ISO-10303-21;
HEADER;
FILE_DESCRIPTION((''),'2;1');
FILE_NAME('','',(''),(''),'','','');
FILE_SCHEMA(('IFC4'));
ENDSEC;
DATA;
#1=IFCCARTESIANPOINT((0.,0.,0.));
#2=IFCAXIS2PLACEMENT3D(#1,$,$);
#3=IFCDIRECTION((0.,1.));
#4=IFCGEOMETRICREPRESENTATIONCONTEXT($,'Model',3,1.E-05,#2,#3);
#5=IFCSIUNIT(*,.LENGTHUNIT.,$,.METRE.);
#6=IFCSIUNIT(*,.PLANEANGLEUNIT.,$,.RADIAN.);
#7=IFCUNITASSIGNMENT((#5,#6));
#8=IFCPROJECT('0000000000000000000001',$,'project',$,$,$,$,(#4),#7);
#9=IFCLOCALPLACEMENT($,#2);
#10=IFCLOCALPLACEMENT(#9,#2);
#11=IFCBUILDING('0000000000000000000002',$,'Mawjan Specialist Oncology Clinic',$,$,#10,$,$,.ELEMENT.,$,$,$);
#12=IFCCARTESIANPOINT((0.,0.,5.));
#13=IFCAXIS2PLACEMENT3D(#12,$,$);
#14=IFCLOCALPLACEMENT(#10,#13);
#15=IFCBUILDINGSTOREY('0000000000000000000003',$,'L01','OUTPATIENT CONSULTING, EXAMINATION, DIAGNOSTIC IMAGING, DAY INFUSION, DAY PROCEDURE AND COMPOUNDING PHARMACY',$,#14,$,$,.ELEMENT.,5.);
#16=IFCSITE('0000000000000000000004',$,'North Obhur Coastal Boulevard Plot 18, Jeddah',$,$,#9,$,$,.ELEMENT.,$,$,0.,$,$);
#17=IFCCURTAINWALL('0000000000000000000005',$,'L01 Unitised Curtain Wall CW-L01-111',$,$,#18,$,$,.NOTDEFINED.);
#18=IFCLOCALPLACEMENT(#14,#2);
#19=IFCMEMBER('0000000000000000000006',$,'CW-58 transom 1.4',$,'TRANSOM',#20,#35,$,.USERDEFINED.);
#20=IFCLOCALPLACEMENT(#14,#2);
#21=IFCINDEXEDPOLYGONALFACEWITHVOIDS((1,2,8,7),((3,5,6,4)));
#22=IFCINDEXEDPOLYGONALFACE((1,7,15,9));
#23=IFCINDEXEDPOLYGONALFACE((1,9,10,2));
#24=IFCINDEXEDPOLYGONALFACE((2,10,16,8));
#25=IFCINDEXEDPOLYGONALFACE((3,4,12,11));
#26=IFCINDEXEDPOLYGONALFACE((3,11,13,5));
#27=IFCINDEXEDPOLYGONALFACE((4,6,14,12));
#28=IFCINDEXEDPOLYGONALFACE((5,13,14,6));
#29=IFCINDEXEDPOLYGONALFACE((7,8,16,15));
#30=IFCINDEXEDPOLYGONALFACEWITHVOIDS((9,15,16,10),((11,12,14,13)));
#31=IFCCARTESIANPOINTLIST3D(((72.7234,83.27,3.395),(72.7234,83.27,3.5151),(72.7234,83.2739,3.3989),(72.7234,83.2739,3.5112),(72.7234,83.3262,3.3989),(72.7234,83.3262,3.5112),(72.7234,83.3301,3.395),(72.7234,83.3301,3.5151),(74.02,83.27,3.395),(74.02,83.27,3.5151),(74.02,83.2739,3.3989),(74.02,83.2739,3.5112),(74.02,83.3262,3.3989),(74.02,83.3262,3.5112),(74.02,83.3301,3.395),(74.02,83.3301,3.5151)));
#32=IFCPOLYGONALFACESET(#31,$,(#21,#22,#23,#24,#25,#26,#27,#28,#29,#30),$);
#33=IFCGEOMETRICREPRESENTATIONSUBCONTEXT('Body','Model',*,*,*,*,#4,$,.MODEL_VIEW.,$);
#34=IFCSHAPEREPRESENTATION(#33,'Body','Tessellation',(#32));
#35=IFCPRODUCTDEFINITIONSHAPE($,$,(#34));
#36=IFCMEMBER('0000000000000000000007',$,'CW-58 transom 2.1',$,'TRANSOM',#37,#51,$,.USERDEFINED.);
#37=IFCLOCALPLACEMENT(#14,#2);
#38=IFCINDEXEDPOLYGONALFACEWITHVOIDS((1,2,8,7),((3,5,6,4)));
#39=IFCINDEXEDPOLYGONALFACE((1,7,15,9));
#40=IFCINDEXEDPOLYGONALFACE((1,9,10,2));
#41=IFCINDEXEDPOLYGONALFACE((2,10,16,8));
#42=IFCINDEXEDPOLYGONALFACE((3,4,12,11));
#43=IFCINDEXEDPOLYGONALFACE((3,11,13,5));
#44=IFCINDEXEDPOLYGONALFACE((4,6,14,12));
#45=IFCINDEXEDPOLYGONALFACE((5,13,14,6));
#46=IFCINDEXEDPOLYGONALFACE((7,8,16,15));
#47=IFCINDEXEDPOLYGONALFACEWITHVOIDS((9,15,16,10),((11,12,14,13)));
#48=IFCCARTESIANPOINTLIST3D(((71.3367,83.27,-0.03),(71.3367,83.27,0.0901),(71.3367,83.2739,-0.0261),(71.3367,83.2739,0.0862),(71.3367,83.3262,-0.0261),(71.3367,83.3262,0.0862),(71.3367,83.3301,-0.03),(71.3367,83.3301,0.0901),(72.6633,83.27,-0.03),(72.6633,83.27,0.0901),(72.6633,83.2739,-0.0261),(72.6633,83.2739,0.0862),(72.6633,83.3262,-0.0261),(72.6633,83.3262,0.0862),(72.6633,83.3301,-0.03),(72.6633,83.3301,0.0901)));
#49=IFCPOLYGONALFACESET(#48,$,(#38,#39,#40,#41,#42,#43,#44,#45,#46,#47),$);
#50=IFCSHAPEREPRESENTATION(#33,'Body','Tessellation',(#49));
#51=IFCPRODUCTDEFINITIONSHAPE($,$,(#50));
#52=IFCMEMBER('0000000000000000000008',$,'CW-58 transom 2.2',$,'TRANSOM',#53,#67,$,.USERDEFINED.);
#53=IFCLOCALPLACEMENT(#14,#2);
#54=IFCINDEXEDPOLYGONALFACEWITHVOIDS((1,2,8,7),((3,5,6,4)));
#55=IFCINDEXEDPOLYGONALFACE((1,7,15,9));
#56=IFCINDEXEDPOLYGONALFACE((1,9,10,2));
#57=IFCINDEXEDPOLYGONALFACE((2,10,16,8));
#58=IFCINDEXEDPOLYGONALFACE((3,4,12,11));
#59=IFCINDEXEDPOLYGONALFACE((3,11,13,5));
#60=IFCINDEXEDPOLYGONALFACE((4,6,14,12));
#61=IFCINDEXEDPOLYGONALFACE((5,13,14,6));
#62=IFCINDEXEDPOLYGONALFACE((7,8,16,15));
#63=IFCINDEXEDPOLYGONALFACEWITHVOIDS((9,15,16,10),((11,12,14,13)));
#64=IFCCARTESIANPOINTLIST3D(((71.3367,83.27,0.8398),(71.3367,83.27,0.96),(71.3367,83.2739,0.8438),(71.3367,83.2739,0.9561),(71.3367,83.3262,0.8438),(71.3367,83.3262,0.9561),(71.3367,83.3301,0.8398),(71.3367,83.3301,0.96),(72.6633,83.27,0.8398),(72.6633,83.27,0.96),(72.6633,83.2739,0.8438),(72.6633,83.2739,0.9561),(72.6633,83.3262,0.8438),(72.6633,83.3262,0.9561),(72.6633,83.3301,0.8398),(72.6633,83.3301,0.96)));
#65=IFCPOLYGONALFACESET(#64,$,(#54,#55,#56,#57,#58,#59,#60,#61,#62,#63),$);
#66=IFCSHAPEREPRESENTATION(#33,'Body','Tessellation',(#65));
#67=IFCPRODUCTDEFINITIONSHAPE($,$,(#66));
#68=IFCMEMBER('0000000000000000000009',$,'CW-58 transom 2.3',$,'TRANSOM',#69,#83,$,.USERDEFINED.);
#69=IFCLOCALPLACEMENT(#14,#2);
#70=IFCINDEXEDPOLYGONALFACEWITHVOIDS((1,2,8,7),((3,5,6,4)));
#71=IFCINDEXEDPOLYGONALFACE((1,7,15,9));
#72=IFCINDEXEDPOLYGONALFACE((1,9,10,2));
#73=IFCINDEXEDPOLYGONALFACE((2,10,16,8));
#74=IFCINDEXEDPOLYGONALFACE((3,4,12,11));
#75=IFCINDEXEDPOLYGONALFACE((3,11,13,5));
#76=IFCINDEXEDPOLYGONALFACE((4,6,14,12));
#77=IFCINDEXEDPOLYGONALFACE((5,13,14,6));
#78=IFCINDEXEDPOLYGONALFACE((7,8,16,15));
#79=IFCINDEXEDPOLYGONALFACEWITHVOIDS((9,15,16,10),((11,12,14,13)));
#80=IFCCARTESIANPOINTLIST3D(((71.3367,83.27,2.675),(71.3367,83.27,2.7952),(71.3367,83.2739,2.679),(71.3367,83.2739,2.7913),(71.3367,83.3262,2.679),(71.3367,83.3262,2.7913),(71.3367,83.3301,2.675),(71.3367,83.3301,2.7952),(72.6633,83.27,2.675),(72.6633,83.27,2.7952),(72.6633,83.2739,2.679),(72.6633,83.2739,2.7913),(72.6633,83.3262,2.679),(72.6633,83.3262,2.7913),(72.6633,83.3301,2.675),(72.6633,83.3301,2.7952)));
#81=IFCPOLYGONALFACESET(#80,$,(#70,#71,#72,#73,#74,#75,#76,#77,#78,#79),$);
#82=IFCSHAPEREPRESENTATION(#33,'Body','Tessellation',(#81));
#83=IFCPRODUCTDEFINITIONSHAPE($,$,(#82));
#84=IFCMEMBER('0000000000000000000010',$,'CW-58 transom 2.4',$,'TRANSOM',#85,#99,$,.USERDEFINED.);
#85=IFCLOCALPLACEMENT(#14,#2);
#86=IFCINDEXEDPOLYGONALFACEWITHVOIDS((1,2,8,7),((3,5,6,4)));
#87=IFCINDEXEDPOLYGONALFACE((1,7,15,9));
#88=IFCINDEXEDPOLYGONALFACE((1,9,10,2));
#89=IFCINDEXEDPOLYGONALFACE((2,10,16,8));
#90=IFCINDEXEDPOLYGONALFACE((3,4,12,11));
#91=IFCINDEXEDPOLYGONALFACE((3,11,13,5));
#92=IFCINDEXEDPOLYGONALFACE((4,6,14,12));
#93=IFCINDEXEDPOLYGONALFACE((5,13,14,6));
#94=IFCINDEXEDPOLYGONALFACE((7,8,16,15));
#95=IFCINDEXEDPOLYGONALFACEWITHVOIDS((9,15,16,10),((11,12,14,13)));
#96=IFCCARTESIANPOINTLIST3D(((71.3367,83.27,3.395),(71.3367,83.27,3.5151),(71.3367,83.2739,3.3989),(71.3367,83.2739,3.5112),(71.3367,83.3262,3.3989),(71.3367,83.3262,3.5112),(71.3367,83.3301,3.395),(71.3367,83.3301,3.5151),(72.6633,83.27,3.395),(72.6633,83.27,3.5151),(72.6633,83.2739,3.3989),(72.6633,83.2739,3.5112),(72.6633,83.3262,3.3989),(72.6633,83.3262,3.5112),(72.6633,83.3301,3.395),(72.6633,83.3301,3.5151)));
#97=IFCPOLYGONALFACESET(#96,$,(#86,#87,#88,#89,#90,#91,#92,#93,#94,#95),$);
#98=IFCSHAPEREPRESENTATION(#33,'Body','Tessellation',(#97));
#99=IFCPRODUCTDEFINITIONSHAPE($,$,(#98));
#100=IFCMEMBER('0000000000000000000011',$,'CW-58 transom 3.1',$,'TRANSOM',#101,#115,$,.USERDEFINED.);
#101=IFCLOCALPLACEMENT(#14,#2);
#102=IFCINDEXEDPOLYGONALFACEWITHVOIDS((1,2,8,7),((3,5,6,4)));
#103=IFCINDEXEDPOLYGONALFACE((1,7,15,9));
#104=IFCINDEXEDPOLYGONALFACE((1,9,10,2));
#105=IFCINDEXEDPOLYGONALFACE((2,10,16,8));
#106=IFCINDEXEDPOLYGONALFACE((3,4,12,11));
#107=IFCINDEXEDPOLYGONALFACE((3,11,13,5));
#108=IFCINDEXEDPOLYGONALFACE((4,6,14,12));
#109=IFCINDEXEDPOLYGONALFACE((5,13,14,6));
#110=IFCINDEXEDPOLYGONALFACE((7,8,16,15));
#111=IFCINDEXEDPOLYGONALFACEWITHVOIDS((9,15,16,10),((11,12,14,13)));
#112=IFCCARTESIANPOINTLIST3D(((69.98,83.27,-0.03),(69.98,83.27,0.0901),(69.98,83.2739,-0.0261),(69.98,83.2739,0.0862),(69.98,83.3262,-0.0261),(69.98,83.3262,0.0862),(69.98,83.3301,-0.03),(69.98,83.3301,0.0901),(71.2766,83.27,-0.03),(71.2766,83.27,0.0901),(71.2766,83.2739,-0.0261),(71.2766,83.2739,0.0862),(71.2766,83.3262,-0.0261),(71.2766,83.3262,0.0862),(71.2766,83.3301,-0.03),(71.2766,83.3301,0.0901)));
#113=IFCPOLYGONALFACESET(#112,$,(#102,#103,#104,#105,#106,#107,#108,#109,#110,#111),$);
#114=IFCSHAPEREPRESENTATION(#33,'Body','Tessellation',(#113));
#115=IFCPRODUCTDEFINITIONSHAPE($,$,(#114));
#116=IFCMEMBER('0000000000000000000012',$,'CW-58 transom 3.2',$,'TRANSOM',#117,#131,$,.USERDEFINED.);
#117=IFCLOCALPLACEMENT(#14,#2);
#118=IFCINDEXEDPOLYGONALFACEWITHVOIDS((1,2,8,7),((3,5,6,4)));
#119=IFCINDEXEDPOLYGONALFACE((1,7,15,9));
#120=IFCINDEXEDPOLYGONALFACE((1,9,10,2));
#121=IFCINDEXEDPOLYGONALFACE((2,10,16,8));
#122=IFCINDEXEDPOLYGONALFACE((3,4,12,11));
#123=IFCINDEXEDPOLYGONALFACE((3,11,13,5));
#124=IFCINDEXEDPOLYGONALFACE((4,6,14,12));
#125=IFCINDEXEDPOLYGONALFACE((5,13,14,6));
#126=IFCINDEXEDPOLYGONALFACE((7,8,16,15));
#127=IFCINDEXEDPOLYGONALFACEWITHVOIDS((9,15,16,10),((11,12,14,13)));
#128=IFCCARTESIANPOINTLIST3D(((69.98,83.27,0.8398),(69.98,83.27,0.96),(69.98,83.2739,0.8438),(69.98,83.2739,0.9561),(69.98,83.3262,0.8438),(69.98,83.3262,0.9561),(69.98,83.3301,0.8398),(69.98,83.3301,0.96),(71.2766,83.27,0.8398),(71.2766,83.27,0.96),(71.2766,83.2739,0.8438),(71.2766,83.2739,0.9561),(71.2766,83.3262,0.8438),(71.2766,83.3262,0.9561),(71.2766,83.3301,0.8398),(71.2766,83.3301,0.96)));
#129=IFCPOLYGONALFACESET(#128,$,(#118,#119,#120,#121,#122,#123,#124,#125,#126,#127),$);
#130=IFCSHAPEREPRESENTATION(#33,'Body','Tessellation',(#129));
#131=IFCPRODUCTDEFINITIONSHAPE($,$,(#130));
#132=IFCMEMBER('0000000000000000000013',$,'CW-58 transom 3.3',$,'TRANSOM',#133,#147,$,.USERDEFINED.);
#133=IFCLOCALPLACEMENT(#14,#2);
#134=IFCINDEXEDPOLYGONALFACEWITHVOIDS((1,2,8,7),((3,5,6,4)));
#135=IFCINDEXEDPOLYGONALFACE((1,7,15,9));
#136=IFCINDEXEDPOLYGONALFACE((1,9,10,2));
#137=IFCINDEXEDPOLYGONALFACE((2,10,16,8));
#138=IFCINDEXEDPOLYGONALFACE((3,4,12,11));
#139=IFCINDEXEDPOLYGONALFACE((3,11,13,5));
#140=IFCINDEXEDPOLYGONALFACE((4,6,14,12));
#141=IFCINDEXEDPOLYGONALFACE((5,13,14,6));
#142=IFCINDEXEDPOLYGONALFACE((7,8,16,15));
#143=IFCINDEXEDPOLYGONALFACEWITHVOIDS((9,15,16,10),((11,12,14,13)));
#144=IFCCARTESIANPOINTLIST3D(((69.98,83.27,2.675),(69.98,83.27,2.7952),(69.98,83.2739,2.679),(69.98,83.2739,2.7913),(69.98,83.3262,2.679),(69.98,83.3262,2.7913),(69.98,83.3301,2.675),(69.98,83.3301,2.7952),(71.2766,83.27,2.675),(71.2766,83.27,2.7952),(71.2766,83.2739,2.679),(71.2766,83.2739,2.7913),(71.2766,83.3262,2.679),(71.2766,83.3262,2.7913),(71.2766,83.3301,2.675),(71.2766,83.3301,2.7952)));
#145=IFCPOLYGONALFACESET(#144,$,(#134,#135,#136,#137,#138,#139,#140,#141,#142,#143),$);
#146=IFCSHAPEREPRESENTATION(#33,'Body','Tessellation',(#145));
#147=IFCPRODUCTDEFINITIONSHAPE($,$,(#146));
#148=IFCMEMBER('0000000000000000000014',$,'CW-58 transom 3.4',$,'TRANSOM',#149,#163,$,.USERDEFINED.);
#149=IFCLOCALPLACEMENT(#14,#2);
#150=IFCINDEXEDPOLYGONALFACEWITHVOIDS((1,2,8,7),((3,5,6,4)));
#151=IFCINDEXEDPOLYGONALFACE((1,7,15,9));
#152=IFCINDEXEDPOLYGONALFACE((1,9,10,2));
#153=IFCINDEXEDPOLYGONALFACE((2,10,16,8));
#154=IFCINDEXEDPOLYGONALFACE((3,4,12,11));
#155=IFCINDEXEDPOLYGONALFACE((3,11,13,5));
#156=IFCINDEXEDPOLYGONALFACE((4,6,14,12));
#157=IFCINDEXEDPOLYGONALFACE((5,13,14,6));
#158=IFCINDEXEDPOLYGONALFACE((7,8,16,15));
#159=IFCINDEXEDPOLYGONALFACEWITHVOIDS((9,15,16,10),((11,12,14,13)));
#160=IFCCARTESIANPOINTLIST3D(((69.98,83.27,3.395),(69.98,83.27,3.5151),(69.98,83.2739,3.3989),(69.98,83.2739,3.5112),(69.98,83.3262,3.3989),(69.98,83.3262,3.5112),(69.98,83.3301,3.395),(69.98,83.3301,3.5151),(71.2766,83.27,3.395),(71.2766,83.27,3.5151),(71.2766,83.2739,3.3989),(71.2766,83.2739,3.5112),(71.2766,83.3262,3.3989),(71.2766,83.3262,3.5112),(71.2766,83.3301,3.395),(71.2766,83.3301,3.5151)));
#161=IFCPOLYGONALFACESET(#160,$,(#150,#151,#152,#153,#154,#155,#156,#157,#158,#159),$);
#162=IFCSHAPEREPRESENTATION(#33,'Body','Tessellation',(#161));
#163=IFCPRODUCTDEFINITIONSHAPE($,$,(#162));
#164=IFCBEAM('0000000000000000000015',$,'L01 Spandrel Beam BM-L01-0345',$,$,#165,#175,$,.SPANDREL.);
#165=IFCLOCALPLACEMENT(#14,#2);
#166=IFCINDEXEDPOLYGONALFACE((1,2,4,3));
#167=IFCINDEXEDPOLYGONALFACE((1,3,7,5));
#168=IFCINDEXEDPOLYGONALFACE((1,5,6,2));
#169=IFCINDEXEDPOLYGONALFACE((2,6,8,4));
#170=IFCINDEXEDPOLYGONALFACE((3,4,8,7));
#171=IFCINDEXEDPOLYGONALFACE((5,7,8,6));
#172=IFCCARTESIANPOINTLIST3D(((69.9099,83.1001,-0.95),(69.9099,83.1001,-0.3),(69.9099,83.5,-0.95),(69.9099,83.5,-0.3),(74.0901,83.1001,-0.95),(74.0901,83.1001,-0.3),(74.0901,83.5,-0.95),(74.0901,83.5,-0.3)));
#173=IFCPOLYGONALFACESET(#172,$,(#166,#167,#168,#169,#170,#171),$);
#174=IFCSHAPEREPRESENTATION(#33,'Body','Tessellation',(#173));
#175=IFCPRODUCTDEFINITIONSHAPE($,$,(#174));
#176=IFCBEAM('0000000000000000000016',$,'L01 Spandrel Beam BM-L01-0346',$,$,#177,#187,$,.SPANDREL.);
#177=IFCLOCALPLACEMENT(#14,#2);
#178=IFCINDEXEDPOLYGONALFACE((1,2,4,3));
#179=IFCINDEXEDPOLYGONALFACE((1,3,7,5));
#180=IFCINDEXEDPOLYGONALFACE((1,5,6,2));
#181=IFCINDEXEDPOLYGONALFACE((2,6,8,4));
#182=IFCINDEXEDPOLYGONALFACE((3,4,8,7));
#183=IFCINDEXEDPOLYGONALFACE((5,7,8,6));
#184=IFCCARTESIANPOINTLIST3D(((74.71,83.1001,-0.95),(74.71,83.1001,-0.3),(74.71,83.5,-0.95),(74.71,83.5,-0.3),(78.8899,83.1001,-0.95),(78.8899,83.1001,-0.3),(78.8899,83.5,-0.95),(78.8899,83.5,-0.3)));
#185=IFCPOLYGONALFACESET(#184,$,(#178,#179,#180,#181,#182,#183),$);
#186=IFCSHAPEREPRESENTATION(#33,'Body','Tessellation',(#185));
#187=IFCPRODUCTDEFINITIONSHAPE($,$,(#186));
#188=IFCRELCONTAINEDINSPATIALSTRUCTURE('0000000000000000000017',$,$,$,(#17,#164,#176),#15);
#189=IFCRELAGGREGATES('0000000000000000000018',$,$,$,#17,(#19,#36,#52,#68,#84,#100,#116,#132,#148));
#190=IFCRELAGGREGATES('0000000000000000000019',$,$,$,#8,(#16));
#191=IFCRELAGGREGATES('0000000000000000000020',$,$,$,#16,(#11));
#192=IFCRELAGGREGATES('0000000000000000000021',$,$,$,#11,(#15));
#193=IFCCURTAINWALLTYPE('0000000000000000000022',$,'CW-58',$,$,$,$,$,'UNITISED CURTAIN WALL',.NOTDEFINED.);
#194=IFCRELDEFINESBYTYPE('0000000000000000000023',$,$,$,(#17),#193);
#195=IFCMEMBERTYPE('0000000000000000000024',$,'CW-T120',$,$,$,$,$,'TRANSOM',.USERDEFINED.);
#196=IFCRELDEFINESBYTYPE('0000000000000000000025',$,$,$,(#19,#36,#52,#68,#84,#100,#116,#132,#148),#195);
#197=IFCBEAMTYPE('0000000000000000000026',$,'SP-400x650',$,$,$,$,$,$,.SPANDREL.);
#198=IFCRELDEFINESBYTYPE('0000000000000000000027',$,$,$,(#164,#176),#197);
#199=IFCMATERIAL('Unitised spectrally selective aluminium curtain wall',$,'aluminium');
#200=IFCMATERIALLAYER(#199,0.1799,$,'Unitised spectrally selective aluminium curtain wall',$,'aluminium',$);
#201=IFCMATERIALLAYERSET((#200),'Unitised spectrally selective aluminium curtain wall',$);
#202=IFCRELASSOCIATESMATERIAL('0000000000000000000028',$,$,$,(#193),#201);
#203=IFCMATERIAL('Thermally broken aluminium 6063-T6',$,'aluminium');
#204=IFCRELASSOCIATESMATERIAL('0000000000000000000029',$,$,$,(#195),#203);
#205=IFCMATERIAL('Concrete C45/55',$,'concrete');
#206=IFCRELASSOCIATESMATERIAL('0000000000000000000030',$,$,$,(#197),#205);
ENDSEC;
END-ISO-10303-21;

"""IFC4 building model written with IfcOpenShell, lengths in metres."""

from ifc_helpers import new_model, si_unit, direction, frame, origin, origin_2d, place, context, subcontext, project, spatial, rectangle, hollow_rectangle, extrude, material, layer, layer_set, material_profile, profile_set, type_object, element, aggregate, save


model = new_model("IFC4")

# Units and contexts
model_context = context("Model", 3, precision=1e-05, world=origin(), true_north=direction((0.0, 1.0)))
body_context = subcontext(model_context, "Body", "Model", "MODEL_VIEW")
ifc_project = project(units=[si_unit("LENGTHUNIT", "METRE"), si_unit("PLANEANGLEUNIT", "RADIAN")], contexts=[model_context])

# Site, building, storey
site_placement = place(None, origin())
site = spatial("IfcSite", under=ifc_project, at=site_placement, Name="North Obhur Coastal Boulevard Plot 18, Jeddah", CompositionType="ELEMENT", RefElevation=0.0)
building_placement = place(site_placement, origin())
building = spatial("IfcBuilding", under=site, at=building_placement, Name="Mawjan Specialist Oncology Clinic", CompositionType="ELEMENT")
storey_placement = place(building_placement, frame((0.0, 0.0, 5.0)))
storey = spatial("IfcBuildingStorey", under=building, at=storey_placement, Name="L01", Description="OUTPATIENT CONSULTING, EXAMINATION, DIAGNOSTIC IMAGING, DAY INFUSION, DAY PROCEDURE AND COMPOUNDING PHARMACY", CompositionType="ELEMENT", Elevation=5.0)

# Shared definitions
ifc_material_1 = material(Name="Unitised spectrally selective aluminium curtain wall", Category="aluminium")
ifc_layer_1 = layer(ifc_material_1, 0.1799, Name="Unitised spectrally selective aluminium curtain wall", Category="aluminium")
ifc_layer_set_1 = layer_set([ifc_layer_1], Name="Unitised spectrally selective aluminium curtain wall")
curtain_wall_type = type_object("IfcCurtainWallType", Name="CW-58", ElementType="UNITISED CURTAIN WALL", PredefinedType="NOTDEFINED", material=ifc_layer_set_1)

# Curtain wall
curtain_wall_1_placement = place(storey_placement, origin())
curtain_wall_1 = element("IfcCurtainWall", 1, at=curtain_wall_1_placement, inside=storey, type_object=curtain_wall_type, Name="L01 Unitised Curtain Wall CW-L01-111", PredefinedType="NOTDEFINED")

# Members
ifc_material_2 = material(Name="Thermally broken aluminium 6063-T6", Category="aluminium")
ifc_material_profile_1 = material_profile(ifc_material_2, hollow_rectangle(XDim=0.0601, YDim=0.1201, WallThickness=0.0039, at=origin_2d()), Name="ALU TRANSOM 120x60x4", Category="aluminium")
ifc_profile_set_1 = profile_set([ifc_material_profile_1], Name="Thermally broken aluminium 6063-T6")
member_type_1 = type_object("IfcMemberType", Name="CW-T120", ElementType="TRANSOM", PredefinedType="USERDEFINED", material=ifc_profile_set_1)
member_1_placement = place(storey_placement, frame((74.02, 83.3, 3.4551), z_axis=(-1.0, 0.0, 0.0), x_axis=(0.0, -1.0, 0.0)))
member_1 = element("IfcMember", 2, at=member_1_placement, type_object=member_type_1, Name="CW-58 transom 1.4", ObjectType="TRANSOM", PredefinedType="USERDEFINED", context=body_context, shape_type="SweptSolid", body=[
    extrude(hollow_rectangle(XDim=0.0601, YDim=0.1201, WallThickness=0.0039, at=origin_2d()), origin(), (0.0, 0.0, 1.0), 1.2966),
])
member_2_placement = place(storey_placement, frame((72.6633, 83.3, 0.03), z_axis=(-1.0, 0.0, 0.0), x_axis=(0.0, -1.0, 0.0)))
member_2 = element("IfcMember", 3, at=member_2_placement, type_object=member_type_1, Name="CW-58 transom 2.1", ObjectType="TRANSOM", PredefinedType="USERDEFINED", context=body_context, shape_type="SweptSolid", body=[
    extrude(hollow_rectangle(XDim=0.0601, YDim=0.1201, WallThickness=0.0039, at=origin_2d()), origin(), (0.0, 0.0, 1.0), 1.3267),
])
member_3_placement = place(storey_placement, frame((72.6633, 83.3, 0.8999), z_axis=(-1.0, 0.0, 0.0), x_axis=(0.0, -1.0, 0.0)))
member_3 = element("IfcMember", 4, at=member_3_placement, type_object=member_type_1, Name="CW-58 transom 2.2", ObjectType="TRANSOM", PredefinedType="USERDEFINED", context=body_context, shape_type="SweptSolid", body=[
    extrude(hollow_rectangle(XDim=0.0601, YDim=0.1201, WallThickness=0.0039, at=origin_2d()), origin(), (0.0, 0.0, 1.0), 1.3267),
])
member_4_placement = place(storey_placement, frame((72.6633, 83.3, 2.7351), z_axis=(-1.0, 0.0, 0.0), x_axis=(0.0, -1.0, 0.0)))
member_4 = element("IfcMember", 5, at=member_4_placement, type_object=member_type_1, Name="CW-58 transom 2.3", ObjectType="TRANSOM", PredefinedType="USERDEFINED", context=body_context, shape_type="SweptSolid", body=[
    extrude(hollow_rectangle(XDim=0.0601, YDim=0.1201, WallThickness=0.0039, at=origin_2d()), origin(), (0.0, 0.0, 1.0), 1.3267),
])
member_5_placement = place(storey_placement, frame((72.6633, 83.3, 3.4551), z_axis=(-1.0, 0.0, 0.0), x_axis=(0.0, -1.0, 0.0)))
member_5 = element("IfcMember", 6, at=member_5_placement, type_object=member_type_1, Name="CW-58 transom 2.4", ObjectType="TRANSOM", PredefinedType="USERDEFINED", context=body_context, shape_type="SweptSolid", body=[
    extrude(hollow_rectangle(XDim=0.0601, YDim=0.1201, WallThickness=0.0039, at=origin_2d()), origin(), (0.0, 0.0, 1.0), 1.3267),
])
member_6_placement = place(storey_placement, frame((71.2766, 83.3, 0.03), z_axis=(-1.0, 0.0, 0.0), x_axis=(0.0, -1.0, 0.0)))
member_6 = element("IfcMember", 7, at=member_6_placement, type_object=member_type_1, Name="CW-58 transom 3.1", ObjectType="TRANSOM", PredefinedType="USERDEFINED", context=body_context, shape_type="SweptSolid", body=[
    extrude(hollow_rectangle(XDim=0.0601, YDim=0.1201, WallThickness=0.0039, at=origin_2d()), origin(), (0.0, 0.0, 1.0), 1.2966),
])
member_7_placement = place(storey_placement, frame((71.2766, 83.3, 0.8999), z_axis=(-1.0, 0.0, 0.0), x_axis=(0.0, -1.0, 0.0)))
member_7 = element("IfcMember", 8, at=member_7_placement, type_object=member_type_1, Name="CW-58 transom 3.2", ObjectType="TRANSOM", PredefinedType="USERDEFINED", context=body_context, shape_type="SweptSolid", body=[
    extrude(hollow_rectangle(XDim=0.0601, YDim=0.1201, WallThickness=0.0039, at=origin_2d()), origin(), (0.0, 0.0, 1.0), 1.2966),
])
member_8_placement = place(storey_placement, frame((71.2766, 83.3, 2.7351), z_axis=(-1.0, 0.0, 0.0), x_axis=(0.0, -1.0, 0.0)))
member_8 = element("IfcMember", 9, at=member_8_placement, type_object=member_type_1, Name="CW-58 transom 3.3", ObjectType="TRANSOM", PredefinedType="USERDEFINED", context=body_context, shape_type="SweptSolid", body=[
    extrude(hollow_rectangle(XDim=0.0601, YDim=0.1201, WallThickness=0.0039, at=origin_2d()), origin(), (0.0, 0.0, 1.0), 1.2966),
])
member_9_placement = place(storey_placement, frame((71.2766, 83.3, 3.4551), z_axis=(-1.0, 0.0, 0.0), x_axis=(0.0, -1.0, 0.0)))
member_9 = element("IfcMember", 10, at=member_9_placement, type_object=member_type_1, Name="CW-58 transom 3.4", ObjectType="TRANSOM", PredefinedType="USERDEFINED", context=body_context, shape_type="SweptSolid", body=[
    extrude(hollow_rectangle(XDim=0.0601, YDim=0.1201, WallThickness=0.0039, at=origin_2d()), origin(), (0.0, 0.0, 1.0), 1.2966),
])

# Beams
ifc_material_3 = material(Name="Concrete C45/55", Category="concrete")
ifc_material_profile_2 = material_profile(ifc_material_3, rectangle(XDim=0.3999, YDim=0.6499, at=origin_2d()), Name="RC BM 400x650", Category="concrete")
ifc_profile_set_2 = profile_set([ifc_material_profile_2], Name="Concrete C45/55")
beam_type = type_object("IfcBeamType", Name="SP-400x650", PredefinedType="SPANDREL", material=ifc_profile_set_2)
beam_1_placement = place(storey_placement, frame((69.9099, 83.3, -0.625), z_axis=(1.0, 0.0, 0.0), x_axis=(0.0, 1.0, 0.0)))
element("IfcBeam", 11, at=beam_1_placement, inside=storey, type_object=beam_type, Name="L01 Spandrel Beam BM-L01-0345", PredefinedType="SPANDREL", context=body_context, shape_type="SweptSolid", body=[
    extrude(rectangle(XDim=0.3999, YDim=0.6499, at=origin_2d()), origin(), (0.0, 0.0, 1.0), 4.1802),
])
beam_2_placement = place(storey_placement, frame((74.71, 83.3, -0.625), z_axis=(1.0, 0.0, 0.0), x_axis=(0.0, 1.0, 0.0)))
element("IfcBeam", 12, at=beam_2_placement, inside=storey, type_object=beam_type, Name="L01 Spandrel Beam BM-L01-0346", PredefinedType="SPANDREL", context=body_context, shape_type="SweptSolid", body=[
    extrude(rectangle(XDim=0.3999, YDim=0.6499, at=origin_2d()), origin(), (0.0, 0.0, 1.0), 4.1799),
])

aggregate(curtain_wall_1, [member_1, member_2, member_3, member_4, member_5, member_6, member_7, member_8, member_9])

save(model, "model.ifc")
